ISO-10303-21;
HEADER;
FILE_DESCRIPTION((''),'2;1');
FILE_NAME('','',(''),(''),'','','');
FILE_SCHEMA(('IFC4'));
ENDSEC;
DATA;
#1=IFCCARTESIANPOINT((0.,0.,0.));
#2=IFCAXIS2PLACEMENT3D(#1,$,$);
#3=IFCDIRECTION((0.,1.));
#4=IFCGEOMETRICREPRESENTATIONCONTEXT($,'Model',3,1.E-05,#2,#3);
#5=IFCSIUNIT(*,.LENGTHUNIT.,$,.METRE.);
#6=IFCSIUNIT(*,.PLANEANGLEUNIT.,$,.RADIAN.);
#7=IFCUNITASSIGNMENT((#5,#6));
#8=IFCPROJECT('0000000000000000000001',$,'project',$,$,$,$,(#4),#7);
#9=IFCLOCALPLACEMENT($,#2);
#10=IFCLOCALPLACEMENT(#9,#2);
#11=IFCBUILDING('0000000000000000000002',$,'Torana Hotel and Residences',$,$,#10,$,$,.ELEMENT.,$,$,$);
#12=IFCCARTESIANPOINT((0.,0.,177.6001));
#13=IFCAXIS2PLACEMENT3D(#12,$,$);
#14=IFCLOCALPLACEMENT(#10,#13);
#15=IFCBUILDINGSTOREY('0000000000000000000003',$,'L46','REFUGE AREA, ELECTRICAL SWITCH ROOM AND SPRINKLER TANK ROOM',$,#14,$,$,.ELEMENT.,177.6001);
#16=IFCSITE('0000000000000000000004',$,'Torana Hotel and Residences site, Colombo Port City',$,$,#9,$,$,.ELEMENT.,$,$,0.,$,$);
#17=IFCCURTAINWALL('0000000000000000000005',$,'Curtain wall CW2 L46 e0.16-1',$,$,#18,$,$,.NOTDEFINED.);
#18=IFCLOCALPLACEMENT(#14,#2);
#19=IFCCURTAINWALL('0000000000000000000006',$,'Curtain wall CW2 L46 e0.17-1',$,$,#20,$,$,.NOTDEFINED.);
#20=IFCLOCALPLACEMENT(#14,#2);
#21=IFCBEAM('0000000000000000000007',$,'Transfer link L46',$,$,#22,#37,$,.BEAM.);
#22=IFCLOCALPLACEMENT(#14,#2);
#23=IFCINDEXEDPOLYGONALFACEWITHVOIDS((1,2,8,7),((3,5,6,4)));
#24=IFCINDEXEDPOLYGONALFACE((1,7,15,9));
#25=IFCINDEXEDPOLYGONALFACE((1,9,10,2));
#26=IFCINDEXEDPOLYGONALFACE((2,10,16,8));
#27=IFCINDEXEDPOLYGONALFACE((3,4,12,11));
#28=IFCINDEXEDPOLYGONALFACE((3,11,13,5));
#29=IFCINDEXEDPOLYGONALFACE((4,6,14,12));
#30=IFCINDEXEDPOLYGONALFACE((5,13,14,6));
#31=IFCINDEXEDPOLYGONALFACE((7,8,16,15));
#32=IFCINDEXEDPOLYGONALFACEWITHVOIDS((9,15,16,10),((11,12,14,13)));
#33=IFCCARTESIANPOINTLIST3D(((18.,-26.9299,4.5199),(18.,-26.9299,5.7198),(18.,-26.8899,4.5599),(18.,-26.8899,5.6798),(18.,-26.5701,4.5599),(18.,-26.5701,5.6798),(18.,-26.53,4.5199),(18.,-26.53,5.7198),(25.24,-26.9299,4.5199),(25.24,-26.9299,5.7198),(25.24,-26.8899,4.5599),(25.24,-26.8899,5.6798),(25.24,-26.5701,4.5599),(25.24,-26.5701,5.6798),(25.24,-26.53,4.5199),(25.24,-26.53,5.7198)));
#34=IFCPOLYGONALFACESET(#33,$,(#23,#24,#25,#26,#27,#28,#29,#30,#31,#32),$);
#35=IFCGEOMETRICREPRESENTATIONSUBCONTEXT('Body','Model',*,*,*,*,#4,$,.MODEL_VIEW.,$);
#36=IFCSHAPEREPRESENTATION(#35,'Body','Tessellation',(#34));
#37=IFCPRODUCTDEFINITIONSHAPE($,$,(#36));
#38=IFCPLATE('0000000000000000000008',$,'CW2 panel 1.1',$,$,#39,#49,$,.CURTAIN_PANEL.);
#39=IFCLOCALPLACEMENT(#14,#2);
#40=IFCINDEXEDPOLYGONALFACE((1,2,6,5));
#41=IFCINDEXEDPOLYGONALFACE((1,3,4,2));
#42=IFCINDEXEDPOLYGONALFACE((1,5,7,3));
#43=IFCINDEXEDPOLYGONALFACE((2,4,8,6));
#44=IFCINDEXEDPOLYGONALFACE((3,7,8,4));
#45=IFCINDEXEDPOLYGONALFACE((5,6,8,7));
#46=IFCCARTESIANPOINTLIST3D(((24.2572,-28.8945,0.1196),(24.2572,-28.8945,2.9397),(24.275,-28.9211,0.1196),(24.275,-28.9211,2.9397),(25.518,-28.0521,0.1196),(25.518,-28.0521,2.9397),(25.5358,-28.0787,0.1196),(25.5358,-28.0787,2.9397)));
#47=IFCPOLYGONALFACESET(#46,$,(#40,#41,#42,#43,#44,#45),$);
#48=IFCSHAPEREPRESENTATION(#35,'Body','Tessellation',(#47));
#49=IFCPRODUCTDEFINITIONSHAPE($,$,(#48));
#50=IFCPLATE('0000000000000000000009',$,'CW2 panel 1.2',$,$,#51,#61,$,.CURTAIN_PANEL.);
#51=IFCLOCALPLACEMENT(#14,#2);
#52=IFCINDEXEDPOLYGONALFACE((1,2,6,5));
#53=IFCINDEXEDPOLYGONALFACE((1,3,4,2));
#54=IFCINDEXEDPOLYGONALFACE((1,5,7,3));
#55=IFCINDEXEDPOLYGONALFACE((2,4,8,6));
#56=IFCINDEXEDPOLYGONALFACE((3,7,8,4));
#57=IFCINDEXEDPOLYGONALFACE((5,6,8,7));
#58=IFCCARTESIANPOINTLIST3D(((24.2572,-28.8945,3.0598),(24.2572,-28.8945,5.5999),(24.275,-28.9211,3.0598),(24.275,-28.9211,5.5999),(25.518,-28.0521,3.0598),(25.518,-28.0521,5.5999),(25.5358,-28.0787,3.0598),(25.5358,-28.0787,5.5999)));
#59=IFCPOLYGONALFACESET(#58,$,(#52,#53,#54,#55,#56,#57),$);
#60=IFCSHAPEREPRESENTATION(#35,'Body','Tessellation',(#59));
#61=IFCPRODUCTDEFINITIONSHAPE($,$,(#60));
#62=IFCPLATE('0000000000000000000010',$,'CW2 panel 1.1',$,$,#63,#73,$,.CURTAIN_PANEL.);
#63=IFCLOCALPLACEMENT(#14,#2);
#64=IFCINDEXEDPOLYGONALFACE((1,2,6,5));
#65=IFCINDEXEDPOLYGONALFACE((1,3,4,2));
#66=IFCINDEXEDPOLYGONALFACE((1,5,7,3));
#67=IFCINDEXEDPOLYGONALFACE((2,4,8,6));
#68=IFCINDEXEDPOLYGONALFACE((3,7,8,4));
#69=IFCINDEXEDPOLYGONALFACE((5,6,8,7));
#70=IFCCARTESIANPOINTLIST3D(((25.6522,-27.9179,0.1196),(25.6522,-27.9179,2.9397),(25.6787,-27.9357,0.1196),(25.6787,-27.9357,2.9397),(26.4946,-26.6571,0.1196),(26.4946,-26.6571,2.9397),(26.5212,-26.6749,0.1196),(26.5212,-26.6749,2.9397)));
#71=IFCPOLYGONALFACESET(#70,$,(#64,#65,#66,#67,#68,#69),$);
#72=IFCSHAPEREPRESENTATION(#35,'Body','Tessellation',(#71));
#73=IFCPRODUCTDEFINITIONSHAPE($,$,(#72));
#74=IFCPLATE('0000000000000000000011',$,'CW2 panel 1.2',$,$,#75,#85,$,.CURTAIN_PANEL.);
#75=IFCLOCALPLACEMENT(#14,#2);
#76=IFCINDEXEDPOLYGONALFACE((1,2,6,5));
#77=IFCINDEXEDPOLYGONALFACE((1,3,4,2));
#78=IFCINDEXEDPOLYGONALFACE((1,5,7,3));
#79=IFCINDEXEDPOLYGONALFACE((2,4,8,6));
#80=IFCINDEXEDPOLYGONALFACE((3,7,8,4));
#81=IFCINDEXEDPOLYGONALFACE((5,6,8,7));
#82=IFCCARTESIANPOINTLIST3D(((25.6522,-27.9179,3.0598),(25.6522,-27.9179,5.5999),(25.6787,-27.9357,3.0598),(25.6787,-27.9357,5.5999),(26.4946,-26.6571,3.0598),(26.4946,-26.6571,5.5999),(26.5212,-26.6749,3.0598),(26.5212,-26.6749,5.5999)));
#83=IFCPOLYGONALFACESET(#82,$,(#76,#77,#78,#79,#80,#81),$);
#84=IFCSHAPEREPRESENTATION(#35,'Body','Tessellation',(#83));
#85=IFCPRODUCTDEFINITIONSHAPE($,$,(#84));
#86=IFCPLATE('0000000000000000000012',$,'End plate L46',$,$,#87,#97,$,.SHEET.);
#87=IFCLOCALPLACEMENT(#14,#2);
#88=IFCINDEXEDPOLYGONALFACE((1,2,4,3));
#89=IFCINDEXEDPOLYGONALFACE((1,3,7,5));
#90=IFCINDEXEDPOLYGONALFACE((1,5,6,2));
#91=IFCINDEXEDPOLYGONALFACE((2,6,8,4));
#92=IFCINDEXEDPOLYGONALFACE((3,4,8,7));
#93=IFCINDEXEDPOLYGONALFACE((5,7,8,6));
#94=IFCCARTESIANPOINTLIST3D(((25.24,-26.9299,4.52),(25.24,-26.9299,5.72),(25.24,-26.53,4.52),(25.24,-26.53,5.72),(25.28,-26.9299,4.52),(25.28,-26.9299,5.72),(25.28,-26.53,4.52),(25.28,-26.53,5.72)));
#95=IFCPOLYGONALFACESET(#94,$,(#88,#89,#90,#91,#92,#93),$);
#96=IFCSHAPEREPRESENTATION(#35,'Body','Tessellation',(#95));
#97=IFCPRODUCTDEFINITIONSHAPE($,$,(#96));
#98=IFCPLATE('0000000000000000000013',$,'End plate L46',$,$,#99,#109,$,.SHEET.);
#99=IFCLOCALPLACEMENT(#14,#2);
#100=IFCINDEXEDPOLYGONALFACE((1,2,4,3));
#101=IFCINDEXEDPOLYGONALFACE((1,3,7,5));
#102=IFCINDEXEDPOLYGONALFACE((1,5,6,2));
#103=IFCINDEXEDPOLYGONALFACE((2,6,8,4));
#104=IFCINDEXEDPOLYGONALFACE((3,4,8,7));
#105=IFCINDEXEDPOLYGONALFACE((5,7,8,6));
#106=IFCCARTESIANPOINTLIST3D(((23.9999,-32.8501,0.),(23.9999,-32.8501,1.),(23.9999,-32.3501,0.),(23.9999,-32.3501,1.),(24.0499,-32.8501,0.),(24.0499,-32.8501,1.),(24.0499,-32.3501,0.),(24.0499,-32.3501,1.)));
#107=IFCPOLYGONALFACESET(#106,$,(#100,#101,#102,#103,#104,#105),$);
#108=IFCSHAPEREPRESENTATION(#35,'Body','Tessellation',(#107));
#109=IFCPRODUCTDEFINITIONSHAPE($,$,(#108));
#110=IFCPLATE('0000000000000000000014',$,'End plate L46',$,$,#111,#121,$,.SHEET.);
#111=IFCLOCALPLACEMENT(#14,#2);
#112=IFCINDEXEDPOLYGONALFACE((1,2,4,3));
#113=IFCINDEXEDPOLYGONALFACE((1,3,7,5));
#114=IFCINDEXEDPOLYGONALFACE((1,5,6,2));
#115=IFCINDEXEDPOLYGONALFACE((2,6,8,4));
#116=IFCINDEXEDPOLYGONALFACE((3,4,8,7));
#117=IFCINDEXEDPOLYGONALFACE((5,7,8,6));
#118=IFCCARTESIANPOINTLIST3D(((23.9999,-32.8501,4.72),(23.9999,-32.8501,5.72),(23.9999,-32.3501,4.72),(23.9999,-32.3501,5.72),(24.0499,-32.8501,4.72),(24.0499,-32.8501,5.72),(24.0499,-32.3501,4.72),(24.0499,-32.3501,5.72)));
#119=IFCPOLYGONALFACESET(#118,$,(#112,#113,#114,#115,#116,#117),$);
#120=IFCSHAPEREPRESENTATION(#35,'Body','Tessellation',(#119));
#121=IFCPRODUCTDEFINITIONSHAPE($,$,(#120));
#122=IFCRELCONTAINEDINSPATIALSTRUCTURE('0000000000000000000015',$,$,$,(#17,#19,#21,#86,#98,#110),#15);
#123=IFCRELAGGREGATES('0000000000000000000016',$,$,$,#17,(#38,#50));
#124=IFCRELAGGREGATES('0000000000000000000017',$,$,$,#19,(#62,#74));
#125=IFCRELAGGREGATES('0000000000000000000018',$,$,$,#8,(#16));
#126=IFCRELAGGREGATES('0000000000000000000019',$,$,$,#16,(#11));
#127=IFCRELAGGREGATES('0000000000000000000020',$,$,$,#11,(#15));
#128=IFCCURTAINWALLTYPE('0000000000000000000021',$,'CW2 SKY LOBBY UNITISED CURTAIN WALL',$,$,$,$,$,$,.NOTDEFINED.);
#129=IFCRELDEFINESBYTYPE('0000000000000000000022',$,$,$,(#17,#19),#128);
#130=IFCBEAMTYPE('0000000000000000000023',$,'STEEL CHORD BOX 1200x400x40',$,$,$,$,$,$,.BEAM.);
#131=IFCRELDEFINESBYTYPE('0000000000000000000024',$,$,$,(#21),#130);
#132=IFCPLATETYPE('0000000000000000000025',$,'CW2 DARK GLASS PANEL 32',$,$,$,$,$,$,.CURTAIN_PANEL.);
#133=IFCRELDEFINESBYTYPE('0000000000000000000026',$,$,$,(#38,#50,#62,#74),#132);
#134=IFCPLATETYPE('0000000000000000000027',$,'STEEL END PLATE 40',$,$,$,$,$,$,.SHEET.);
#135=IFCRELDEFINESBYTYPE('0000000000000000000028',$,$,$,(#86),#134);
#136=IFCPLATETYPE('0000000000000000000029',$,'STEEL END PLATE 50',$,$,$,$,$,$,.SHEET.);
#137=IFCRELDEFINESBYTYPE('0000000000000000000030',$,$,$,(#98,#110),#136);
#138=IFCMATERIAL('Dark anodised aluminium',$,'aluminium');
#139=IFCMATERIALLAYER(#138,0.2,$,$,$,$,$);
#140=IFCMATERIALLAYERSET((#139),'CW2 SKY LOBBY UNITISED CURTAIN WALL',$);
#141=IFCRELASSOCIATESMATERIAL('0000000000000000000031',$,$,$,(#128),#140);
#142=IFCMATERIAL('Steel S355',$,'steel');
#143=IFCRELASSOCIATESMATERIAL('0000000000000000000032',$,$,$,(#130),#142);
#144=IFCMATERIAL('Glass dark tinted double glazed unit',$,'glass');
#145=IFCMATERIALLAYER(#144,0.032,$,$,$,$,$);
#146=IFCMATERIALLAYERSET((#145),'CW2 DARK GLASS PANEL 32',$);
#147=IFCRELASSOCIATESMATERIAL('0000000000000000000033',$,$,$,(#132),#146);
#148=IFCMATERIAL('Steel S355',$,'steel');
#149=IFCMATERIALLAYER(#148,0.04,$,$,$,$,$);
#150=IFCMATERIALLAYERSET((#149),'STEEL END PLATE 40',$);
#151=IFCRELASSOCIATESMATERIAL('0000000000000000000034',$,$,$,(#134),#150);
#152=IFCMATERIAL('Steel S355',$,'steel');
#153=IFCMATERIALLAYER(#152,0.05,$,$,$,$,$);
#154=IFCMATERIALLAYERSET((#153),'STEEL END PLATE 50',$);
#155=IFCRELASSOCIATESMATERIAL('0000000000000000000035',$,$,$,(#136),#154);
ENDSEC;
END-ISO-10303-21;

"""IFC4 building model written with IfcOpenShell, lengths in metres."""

from ifc_helpers import new_model, si_unit, direction, frame, origin, origin_2d, place, context, subcontext, project, spatial, rectangle, hollow_rectangle, extrude, material, layer, layer_set, material_profile, profile_set, type_object, element, aggregate, save


model = new_model("IFC4")

# Units and contexts
model_context = context("Model", 3, precision=1e-05, world=origin(), true_north=direction((0.0, 1.0)))
body_context = subcontext(model_context, "Body", "Model", "MODEL_VIEW")
ifc_project = project(units=[si_unit("LENGTHUNIT", "METRE"), si_unit("PLANEANGLEUNIT", "RADIAN")], contexts=[model_context])

# Site, building, storey
site_placement = place(None, origin())
site = spatial("IfcSite", under=ifc_project, at=site_placement, Name="Torana Hotel and Residences site, Colombo Port City", CompositionType="ELEMENT", RefElevation=0.0)
building_placement = place(site_placement, origin())
building = spatial("IfcBuilding", under=site, at=building_placement, Name="Torana Hotel and Residences", CompositionType="ELEMENT")
storey_placement = place(building_placement, frame((0.0, 0.0, 177.6001)))
storey = spatial("IfcBuildingStorey", under=building, at=storey_placement, Name="L46", Description="REFUGE AREA, ELECTRICAL SWITCH ROOM AND SPRINKLER TANK ROOM", CompositionType="ELEMENT", Elevation=177.6001)

# Shared definitions
ifc_material_1 = material(Name="Dark anodised aluminium", Category="aluminium")
ifc_layer_1 = layer(ifc_material_1, 0.2)
ifc_layer_set_1 = layer_set([ifc_layer_1], Name="CW2 SKY LOBBY UNITISED CURTAIN WALL")
curtain_wall_type = type_object("IfcCurtainWallType", Name="CW2 SKY LOBBY UNITISED CURTAIN WALL", PredefinedType="NOTDEFINED", material=ifc_layer_set_1)

# Curtain walls
curtain_wall_1_placement = place(storey_placement, origin())
curtain_wall_1 = element("IfcCurtainWall", 1, at=curtain_wall_1_placement, inside=storey, type_object=curtain_wall_type, Name="Curtain wall CW2 L46 e0.16-1", PredefinedType="NOTDEFINED")
curtain_wall_2_placement = place(storey_placement, origin())
curtain_wall_2 = element("IfcCurtainWall", 2, at=curtain_wall_2_placement, inside=storey, type_object=curtain_wall_type, Name="Curtain wall CW2 L46 e0.17-1", PredefinedType="NOTDEFINED")

# Beam
ifc_material_2 = material(Name="Steel S355", Category="steel")
ifc_material_profile_1 = material_profile(ifc_material_2, hollow_rectangle(XDim=0.3999, YDim=1.2, WallThickness=0.04, at=origin_2d()), Name="BOX 1200x400x40")
ifc_profile_set_1 = profile_set([ifc_material_profile_1], Name="Steel S355")
beam_type = type_object("IfcBeamType", Name="STEEL CHORD BOX 1200x400x40", PredefinedType="BEAM", material=ifc_profile_set_1)
beam_placement = place(storey_placement, frame((25.24, -26.73, 5.1199), z_axis=(-1.0, 0.0, 0.0), x_axis=(0.0, -1.0, 0.0)))
element("IfcBeam", 3, at=beam_placement, inside=storey, type_object=beam_type, Name="Transfer link L46", PredefinedType="BEAM", context=body_context, shape_type="SweptSolid", body=[
    extrude(hollow_rectangle(XDim=0.3999, YDim=1.2, WallThickness=0.04, at=origin_2d()), origin(), (0.0, 0.0, 1.0), 7.24),
])

# Plates
ifc_material_3 = material(Name="Glass dark tinted double glazed unit", Category="glass")
ifc_layer_2 = layer(ifc_material_3, 0.032)
ifc_layer_set_2 = layer_set([ifc_layer_2], Name="CW2 DARK GLASS PANEL 32")
plate_type_1 = type_object("IfcPlateType", Name="CW2 DARK GLASS PANEL 32", PredefinedType="CURTAIN_PANEL", material=ifc_layer_set_2)
plate_1_placement = place(storey_placement, frame((24.8965, -28.4866, 0.1196), z_axis=(0.0, 0.0, 1.0), x_axis=(0.831474, 0.555564, 0.0)))
plate_1 = element("IfcPlate", 4, at=plate_1_placement, type_object=plate_type_1, Name="CW2 panel 1.1", PredefinedType="CURTAIN_PANEL", context=body_context, shape_type="SweptSolid", body=[
    extrude(rectangle(XDim=1.5164, YDim=0.032, at=origin_2d()), origin(), (0.0, 0.0, 1.0), 2.8201),
])
plate_2_placement = place(storey_placement, frame((24.8965, -28.4866, 3.0598), z_axis=(0.0, 0.0, 1.0), x_axis=(0.831474, 0.555564, 0.0)))
plate_2 = element("IfcPlate", 5, at=plate_2_placement, type_object=plate_type_1, Name="CW2 panel 1.2", PredefinedType="CURTAIN_PANEL", context=body_context, shape_type="SweptSolid", body=[
    extrude(rectangle(XDim=1.5164, YDim=0.032, at=origin_2d()), origin(), (0.0, 0.0, 1.0), 2.54),
])
aggregate(curtain_wall_1, [plate_1, plate_2])
plate_3_placement = place(storey_placement, frame((26.0867, -27.2964, 0.1196), z_axis=(0.0, 0.0, 1.0), x_axis=(0.555564, 0.831474, 0.0)))
plate_3 = element("IfcPlate", 6, at=plate_3_placement, type_object=plate_type_1, Name="CW2 panel 1.1", PredefinedType="CURTAIN_PANEL", context=body_context, shape_type="SweptSolid", body=[
    extrude(rectangle(XDim=1.5164, YDim=0.032, at=origin_2d()), origin(), (0.0, 0.0, 1.0), 2.8201),
])
plate_4_placement = place(storey_placement, frame((26.0867, -27.2964, 3.0598), z_axis=(0.0, 0.0, 1.0), x_axis=(0.555564, 0.831474, 0.0)))
plate_4 = element("IfcPlate", 7, at=plate_4_placement, type_object=plate_type_1, Name="CW2 panel 1.2", PredefinedType="CURTAIN_PANEL", context=body_context, shape_type="SweptSolid", body=[
    extrude(rectangle(XDim=1.5164, YDim=0.032, at=origin_2d()), origin(), (0.0, 0.0, 1.0), 2.54),
])
aggregate(curtain_wall_2, [plate_3, plate_4])

# Plates
ifc_material_4 = material(Name="Steel S355", Category="steel")
ifc_layer_3 = layer(ifc_material_4, 0.04)
ifc_layer_set_3 = layer_set([ifc_layer_3], Name="STEEL END PLATE 40")
plate_type_2 = type_object("IfcPlateType", Name="STEEL END PLATE 40", PredefinedType="SHEET", material=ifc_layer_set_3)
plate_5_placement = place(storey_placement, frame((25.26, -26.73, 4.52), z_axis=(0.0, 0.0, 1.0), x_axis=(1.0, 0.0, 0.0)))
element("IfcPlate", 8, at=plate_5_placement, inside=storey, type_object=plate_type_2, Name="End plate L46", PredefinedType="SHEET", context=body_context, shape_type="SweptSolid", body=[
    extrude(rectangle(XDim=0.04, YDim=0.3999, at=origin_2d()), origin(), (0.0, 0.0, 1.0), 1.2),
])
ifc_material_5 = material(Name="Steel S355", Category="steel")
ifc_layer_4 = layer(ifc_material_5, 0.05)
ifc_layer_set_4 = layer_set([ifc_layer_4], Name="STEEL END PLATE 50")
plate_type_3 = type_object("IfcPlateType", Name="STEEL END PLATE 50", PredefinedType="SHEET", material=ifc_layer_set_4)
for number, where, z_axis, x_axis, name in (
    (9, (24.0249, -32.6001, 0.0), (0.0, 0.0, 1.0), (1.0, 0.0, 0.0), "End plate L46"),
    (10, (24.0249, -32.6001, 4.72), (0.0, 0.0, 1.0), (1.0, 0.0, 0.0), "End plate L46"),
):
    element("IfcPlate", number, at=place(storey_placement, frame(where, z_axis=z_axis, x_axis=x_axis)), inside=storey, type_object=plate_type_3, Name=name, PredefinedType="SHEET", context=body_context, shape_type="SweptSolid", body=[
        extrude(rectangle(XDim=0.05, YDim=0.5, at=origin_2d()), origin(), (0.0, 0.0, 1.0), 1.0),
    ])

save(model, "model.ifc")
